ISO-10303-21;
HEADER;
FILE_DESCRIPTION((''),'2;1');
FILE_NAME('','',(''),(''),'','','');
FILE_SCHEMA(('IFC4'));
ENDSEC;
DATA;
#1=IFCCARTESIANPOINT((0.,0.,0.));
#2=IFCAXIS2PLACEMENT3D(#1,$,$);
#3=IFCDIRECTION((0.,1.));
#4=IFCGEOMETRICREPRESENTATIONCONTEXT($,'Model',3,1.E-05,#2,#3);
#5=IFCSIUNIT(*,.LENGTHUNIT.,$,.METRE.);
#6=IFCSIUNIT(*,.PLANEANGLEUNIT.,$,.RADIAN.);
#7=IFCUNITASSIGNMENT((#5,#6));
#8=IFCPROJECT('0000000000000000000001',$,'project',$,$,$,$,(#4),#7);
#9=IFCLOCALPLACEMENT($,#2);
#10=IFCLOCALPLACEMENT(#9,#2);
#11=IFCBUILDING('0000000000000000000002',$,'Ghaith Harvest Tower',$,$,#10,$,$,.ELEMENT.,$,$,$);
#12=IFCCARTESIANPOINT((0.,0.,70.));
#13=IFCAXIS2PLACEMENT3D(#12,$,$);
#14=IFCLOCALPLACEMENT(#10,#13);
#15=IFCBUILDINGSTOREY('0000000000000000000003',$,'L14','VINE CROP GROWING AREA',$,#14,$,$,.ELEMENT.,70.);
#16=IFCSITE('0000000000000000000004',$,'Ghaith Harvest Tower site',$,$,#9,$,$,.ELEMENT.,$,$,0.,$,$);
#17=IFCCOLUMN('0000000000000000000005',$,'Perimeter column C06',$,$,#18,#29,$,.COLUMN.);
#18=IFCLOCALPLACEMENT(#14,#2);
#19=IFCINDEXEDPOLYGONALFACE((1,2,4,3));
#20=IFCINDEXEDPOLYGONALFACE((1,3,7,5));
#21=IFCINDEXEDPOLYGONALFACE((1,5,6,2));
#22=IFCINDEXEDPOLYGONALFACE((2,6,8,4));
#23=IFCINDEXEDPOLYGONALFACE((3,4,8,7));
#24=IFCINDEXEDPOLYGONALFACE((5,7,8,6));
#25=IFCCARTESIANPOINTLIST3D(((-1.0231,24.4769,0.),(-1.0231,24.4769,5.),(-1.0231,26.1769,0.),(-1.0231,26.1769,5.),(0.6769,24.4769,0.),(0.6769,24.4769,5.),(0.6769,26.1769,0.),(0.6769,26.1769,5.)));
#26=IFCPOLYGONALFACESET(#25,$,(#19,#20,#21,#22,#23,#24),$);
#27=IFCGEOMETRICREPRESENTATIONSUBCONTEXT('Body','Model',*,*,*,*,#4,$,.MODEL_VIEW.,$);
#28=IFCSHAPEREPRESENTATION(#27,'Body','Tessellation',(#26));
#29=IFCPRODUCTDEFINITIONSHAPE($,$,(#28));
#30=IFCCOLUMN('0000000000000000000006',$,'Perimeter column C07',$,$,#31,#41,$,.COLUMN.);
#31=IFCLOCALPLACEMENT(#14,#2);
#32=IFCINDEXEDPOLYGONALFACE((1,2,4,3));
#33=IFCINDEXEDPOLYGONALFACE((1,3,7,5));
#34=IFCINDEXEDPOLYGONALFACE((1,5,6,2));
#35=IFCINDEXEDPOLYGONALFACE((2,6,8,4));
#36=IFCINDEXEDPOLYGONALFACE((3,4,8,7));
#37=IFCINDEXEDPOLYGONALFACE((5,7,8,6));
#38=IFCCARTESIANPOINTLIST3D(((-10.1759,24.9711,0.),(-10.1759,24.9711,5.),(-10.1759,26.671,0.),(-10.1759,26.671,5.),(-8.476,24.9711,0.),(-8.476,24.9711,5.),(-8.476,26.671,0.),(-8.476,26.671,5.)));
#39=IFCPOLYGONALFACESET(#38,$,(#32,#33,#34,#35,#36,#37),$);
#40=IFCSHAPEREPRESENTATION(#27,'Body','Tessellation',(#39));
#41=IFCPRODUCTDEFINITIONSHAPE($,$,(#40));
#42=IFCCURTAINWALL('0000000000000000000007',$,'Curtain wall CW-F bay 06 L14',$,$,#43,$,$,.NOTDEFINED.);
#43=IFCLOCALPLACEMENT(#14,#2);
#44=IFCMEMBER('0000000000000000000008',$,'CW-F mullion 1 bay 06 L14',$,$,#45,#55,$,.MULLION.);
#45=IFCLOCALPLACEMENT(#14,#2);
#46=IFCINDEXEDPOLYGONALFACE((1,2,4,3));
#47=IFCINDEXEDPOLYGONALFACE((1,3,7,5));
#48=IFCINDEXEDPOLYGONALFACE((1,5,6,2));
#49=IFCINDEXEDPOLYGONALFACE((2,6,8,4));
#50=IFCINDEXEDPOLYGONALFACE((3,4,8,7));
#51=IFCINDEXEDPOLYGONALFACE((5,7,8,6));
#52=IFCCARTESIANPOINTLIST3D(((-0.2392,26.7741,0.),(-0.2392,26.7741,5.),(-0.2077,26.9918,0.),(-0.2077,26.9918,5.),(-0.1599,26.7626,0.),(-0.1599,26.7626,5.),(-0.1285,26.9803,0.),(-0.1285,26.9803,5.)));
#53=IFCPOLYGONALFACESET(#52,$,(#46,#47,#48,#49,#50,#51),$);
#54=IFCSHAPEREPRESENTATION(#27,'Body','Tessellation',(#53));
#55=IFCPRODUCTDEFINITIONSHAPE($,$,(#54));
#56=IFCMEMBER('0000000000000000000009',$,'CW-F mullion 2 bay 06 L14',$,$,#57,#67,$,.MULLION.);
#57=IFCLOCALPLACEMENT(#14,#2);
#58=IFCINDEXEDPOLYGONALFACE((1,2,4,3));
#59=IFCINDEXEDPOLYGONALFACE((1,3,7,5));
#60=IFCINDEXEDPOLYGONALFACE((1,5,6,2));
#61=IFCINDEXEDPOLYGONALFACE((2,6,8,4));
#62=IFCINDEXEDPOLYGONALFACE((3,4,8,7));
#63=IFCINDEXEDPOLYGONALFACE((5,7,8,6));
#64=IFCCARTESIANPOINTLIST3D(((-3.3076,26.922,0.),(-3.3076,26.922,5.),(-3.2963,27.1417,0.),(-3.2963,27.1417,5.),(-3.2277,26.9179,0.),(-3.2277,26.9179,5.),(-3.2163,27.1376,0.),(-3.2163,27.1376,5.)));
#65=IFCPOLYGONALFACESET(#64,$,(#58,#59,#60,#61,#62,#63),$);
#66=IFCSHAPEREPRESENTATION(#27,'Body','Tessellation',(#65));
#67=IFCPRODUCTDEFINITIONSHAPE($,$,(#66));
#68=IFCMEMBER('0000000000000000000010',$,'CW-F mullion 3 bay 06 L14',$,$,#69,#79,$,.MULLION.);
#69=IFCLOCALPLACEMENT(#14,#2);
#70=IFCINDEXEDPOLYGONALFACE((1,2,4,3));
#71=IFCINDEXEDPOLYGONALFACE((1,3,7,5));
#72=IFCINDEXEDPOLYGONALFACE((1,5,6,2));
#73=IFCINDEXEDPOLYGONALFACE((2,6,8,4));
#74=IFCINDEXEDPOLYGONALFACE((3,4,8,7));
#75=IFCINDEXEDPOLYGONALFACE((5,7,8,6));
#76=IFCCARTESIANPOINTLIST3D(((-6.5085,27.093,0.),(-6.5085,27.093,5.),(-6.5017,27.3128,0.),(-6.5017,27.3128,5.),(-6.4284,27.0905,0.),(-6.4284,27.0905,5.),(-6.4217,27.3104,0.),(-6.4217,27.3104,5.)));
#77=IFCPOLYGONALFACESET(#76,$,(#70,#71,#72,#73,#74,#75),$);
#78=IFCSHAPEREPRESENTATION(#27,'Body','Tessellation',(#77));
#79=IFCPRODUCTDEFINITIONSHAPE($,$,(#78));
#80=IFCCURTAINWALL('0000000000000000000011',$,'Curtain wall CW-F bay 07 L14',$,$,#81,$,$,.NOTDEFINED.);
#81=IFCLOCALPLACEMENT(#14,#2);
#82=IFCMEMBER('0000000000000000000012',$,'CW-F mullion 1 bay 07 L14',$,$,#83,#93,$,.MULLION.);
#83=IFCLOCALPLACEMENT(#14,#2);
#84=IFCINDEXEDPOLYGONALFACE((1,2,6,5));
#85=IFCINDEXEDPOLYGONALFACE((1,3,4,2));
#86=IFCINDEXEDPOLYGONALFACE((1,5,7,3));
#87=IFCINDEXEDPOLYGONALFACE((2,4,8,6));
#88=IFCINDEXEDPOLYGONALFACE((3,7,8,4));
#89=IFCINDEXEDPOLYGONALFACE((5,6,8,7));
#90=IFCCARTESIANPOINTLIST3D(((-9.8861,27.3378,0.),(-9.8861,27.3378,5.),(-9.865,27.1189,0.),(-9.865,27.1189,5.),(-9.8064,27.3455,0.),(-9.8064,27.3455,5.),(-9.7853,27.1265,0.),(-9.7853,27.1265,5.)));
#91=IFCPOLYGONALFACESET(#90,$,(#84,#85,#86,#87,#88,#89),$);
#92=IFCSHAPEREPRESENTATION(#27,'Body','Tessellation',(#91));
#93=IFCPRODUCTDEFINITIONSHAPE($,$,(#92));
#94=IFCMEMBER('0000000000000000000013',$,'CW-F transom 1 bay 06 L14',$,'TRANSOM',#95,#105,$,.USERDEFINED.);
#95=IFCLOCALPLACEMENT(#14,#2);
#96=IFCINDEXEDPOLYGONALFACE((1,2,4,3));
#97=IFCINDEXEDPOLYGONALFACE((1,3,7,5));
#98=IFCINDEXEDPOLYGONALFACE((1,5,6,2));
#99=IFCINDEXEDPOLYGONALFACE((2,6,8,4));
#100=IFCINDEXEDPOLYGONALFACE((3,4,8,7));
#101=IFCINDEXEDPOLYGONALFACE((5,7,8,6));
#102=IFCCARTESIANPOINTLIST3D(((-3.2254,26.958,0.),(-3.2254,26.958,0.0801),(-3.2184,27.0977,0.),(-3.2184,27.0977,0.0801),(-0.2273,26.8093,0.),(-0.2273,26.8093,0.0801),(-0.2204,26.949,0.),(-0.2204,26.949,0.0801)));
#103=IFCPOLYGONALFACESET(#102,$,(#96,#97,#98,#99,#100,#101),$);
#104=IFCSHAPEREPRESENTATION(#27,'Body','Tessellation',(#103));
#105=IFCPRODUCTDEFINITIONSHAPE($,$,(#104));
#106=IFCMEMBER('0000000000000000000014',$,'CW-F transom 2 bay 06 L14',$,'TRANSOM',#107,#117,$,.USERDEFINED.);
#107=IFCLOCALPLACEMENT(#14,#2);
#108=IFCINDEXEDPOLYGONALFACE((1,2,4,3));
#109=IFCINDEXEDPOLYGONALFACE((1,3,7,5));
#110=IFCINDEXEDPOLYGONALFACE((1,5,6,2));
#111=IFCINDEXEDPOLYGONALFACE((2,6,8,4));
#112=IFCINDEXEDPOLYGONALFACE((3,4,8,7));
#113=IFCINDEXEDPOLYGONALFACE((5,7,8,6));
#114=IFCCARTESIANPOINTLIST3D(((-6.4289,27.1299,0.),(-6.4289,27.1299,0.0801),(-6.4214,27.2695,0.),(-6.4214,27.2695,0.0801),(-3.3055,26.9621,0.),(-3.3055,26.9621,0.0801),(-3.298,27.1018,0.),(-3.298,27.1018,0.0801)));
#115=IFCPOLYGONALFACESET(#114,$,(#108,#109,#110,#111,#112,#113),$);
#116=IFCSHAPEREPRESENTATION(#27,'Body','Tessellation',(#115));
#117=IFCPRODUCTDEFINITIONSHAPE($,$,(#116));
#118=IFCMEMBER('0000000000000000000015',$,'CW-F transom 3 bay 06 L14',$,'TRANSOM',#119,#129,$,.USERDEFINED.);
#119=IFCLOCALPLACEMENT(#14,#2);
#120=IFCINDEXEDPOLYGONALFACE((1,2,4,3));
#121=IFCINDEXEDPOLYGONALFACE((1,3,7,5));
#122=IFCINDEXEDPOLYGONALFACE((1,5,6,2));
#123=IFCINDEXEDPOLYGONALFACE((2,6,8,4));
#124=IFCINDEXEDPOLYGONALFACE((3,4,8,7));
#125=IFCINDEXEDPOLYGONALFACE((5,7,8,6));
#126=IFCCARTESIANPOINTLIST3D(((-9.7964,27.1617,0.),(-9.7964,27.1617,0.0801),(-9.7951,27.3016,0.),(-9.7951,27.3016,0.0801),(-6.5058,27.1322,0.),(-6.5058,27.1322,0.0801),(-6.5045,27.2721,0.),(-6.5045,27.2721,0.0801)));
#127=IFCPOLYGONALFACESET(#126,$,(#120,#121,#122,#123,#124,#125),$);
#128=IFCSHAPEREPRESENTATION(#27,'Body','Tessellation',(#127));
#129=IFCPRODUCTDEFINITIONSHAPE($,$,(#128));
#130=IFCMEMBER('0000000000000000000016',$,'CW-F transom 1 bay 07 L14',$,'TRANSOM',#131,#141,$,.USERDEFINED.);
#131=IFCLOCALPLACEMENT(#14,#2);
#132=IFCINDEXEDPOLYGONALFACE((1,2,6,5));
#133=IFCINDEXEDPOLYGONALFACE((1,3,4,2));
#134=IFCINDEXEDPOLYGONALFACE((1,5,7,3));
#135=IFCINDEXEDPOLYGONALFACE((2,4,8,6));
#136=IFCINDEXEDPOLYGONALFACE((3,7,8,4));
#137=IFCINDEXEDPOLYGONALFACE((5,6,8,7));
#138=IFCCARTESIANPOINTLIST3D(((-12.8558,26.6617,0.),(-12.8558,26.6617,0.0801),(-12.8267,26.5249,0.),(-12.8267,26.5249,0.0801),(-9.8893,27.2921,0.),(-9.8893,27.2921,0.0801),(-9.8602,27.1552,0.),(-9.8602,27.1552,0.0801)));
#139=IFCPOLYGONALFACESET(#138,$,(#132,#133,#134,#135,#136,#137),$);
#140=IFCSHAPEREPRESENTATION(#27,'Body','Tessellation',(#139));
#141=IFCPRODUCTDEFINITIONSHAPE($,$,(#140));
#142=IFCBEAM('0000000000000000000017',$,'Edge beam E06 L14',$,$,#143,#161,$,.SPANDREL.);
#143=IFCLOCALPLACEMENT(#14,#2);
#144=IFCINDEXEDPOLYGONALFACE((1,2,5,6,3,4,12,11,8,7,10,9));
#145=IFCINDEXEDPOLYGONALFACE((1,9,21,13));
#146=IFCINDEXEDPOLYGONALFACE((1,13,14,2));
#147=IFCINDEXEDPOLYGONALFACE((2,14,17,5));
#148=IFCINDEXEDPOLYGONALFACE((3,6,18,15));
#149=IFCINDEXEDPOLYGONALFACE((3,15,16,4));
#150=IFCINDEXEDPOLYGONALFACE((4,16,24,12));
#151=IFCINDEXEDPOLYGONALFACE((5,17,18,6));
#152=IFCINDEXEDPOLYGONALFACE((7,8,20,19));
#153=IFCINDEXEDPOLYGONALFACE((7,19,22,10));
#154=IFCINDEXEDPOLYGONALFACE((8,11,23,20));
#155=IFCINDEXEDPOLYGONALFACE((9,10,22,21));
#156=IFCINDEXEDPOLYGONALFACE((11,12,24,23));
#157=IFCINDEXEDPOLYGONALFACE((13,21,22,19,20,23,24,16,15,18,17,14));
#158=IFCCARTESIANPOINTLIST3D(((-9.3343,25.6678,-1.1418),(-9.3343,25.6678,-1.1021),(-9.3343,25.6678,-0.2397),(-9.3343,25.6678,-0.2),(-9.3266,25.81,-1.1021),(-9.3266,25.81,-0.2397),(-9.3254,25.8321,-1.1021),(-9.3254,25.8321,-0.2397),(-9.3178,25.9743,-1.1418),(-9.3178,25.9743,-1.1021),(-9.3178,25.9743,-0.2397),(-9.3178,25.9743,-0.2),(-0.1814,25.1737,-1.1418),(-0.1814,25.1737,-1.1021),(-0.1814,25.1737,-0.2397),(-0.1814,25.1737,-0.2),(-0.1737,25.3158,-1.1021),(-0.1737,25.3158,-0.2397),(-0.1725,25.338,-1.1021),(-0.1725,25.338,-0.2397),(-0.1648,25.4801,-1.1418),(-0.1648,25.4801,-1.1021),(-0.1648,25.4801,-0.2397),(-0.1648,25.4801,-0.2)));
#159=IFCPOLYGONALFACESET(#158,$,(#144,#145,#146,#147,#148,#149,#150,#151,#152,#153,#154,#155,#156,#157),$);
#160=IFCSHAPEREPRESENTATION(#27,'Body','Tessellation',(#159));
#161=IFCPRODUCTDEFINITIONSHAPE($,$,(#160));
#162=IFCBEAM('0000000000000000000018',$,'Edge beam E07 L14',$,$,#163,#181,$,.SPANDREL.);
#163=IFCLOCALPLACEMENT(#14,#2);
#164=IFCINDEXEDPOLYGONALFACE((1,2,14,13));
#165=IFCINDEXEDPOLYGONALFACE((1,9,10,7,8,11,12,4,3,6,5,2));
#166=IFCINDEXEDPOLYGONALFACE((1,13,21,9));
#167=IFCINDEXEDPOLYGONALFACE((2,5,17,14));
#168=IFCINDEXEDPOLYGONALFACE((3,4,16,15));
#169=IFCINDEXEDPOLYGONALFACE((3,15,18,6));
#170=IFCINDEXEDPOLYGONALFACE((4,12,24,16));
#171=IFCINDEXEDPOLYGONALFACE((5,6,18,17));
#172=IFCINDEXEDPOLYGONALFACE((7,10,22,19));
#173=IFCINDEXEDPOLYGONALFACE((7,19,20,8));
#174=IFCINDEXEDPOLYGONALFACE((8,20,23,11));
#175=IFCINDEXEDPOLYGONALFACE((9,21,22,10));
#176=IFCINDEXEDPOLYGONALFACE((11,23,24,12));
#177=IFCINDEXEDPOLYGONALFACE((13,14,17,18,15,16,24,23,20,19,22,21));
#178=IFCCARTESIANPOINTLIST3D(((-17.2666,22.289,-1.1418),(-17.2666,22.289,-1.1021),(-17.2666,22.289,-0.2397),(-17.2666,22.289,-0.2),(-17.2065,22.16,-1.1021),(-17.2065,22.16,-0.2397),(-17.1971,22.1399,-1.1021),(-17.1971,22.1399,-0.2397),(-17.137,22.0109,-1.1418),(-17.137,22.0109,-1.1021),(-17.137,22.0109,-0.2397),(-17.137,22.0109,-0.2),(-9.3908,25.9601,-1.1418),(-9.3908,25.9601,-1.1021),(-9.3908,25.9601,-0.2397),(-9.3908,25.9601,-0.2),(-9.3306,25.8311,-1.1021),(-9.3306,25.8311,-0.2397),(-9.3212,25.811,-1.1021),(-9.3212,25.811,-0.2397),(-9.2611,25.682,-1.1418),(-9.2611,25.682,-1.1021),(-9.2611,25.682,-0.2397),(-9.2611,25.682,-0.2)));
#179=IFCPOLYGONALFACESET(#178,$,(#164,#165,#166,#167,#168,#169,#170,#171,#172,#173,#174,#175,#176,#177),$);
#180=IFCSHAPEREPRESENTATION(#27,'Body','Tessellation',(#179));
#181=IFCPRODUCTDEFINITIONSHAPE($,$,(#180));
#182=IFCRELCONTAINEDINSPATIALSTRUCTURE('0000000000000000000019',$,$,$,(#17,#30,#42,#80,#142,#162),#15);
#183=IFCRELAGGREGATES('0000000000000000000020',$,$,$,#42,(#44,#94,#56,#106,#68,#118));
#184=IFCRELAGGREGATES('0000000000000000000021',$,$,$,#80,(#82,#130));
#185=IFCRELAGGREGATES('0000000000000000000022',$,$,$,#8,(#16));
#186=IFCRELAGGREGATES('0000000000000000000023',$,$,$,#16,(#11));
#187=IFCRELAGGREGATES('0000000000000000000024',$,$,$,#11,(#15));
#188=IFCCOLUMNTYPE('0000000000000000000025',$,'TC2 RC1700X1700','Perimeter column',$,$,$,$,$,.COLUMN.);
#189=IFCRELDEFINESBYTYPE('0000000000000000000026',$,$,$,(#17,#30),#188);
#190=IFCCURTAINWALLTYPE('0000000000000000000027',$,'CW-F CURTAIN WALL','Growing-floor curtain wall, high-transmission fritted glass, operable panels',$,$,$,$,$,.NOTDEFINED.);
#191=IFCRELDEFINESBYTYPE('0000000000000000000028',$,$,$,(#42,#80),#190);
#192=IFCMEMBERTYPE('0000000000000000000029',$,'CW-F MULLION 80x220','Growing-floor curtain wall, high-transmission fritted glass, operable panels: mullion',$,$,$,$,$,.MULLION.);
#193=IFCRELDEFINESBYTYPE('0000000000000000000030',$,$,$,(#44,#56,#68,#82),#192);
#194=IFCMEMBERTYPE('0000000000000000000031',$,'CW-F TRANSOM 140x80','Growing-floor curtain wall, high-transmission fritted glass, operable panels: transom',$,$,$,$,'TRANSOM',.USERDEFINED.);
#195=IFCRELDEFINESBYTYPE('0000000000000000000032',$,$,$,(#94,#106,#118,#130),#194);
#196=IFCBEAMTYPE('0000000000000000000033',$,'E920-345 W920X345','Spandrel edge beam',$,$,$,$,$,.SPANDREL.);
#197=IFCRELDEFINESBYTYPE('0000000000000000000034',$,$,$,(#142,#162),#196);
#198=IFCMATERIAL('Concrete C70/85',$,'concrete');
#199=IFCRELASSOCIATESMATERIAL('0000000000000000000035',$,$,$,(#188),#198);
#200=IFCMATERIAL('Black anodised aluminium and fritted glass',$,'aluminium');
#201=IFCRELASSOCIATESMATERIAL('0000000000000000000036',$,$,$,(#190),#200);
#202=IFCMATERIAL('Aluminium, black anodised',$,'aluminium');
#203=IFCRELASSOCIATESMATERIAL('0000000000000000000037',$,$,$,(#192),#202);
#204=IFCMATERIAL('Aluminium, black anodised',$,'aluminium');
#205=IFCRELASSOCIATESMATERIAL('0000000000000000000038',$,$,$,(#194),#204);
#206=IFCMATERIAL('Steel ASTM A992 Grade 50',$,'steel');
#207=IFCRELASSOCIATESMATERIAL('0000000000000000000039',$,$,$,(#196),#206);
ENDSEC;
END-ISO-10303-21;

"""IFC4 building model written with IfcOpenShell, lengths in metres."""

from ifc_helpers import new_model, si_unit, direction, frame, origin, origin_2d, place, context, subcontext, project, spatial, rectangle, i_section, extrude, material, material_profile, profile_set, type_object, element, aggregate, save


model = new_model("IFC4")

# Units and contexts
model_context = context("Model", 3, precision=1e-05, world=origin(), true_north=direction((0.0, 1.0)))
body_context = subcontext(model_context, "Body", "Model", "MODEL_VIEW")
ifc_project = project(units=[si_unit("LENGTHUNIT", "METRE"), si_unit("PLANEANGLEUNIT", "RADIAN")], contexts=[model_context])

# Site, building, storey
site_placement = place(None, origin())
site = spatial("IfcSite", under=ifc_project, at=site_placement, Name="Ghaith Harvest Tower site", CompositionType="ELEMENT", RefElevation=0.0)
building_placement = place(site_placement, origin())
building = spatial("IfcBuilding", under=site, at=building_placement, Name="Ghaith Harvest Tower", CompositionType="ELEMENT")
storey_placement = place(building_placement, frame((0.0, 0.0, 70.0)))
storey = spatial("IfcBuildingStorey", under=building, at=storey_placement, Name="L14", Description="VINE CROP GROWING AREA", CompositionType="ELEMENT", Elevation=70.0)

# Columns
ifc_material_1 = material(Name="Concrete C70/85", Category="concrete")
ifc_material_profile_1 = material_profile(ifc_material_1, rectangle(XDim=1.7, YDim=1.7, at=origin_2d()), Name="RC1700X1700")
ifc_profile_set_1 = profile_set([ifc_material_profile_1], Name="Concrete C70/85")
column_type = type_object("IfcColumnType", Name="TC2 RC1700X1700", Description="Perimeter column", PredefinedType="COLUMN", material=ifc_profile_set_1)
for number, where, z_axis, x_axis, name in (
    (1, (-0.1731, 25.3269, 0.0), (0.0, 0.0, 1.0), (1.0, 0.0, 0.0), "Perimeter column C06"),
    (2, (-9.3259, 25.821, 0.0), (0.0, 0.0, 1.0), (1.0, 0.0, 0.0), "Perimeter column C07"),
):
    element("IfcColumn", number, at=place(storey_placement, frame(where, z_axis=z_axis, x_axis=x_axis)), inside=storey, type_object=column_type, Name=name, PredefinedType="COLUMN", context=body_context, shape_type="SweptSolid", body=[
        extrude(rectangle(XDim=1.7, YDim=1.7, at=origin_2d()), origin(), (0.0, 0.0, 1.0), 5.0),
    ])

# Curtain wall, members
ifc_material_2 = material(Name="Black anodised aluminium and fritted glass", Category="aluminium")
curtain_wall_type = type_object("IfcCurtainWallType", Name="CW-F CURTAIN WALL", Description="Growing-floor curtain wall, high-transmission fritted glass, operable panels", PredefinedType="NOTDEFINED", material=ifc_material_2)
curtain_wall_1_placement = place(storey_placement, origin())
curtain_wall_1 = element("IfcCurtainWall", 3, at=curtain_wall_1_placement, inside=storey, type_object=curtain_wall_type, Name="Curtain wall CW-F bay 06 L14", PredefinedType="NOTDEFINED")
ifc_material_3 = material(Name="Aluminium, black anodised", Category="aluminium")
ifc_material_profile_2 = material_profile(ifc_material_3, rectangle(XDim=0.0801, YDim=0.22, at=origin_2d()), Name="CW-F MULLION 80x220")
ifc_profile_set_2 = profile_set([ifc_material_profile_2], Name="Aluminium, black anodised")
member_type_1 = type_object("IfcMemberType", Name="CW-F MULLION 80x220", Description="Growing-floor curtain wall, high-transmission fritted glass, operable panels: mullion", PredefinedType="MULLION", material=ifc_profile_set_2)
member_1_placement = place(storey_placement, frame((-0.1838, 26.8772, 0.0), z_axis=(0.0, 0.0, 1.0), x_axis=(-0.989712, 0.143075, 0.0)))
member_1 = element("IfcMember", 4, at=member_1_placement, type_object=member_type_1, Name="CW-F mullion 1 bay 06 L14", PredefinedType="MULLION", context=body_context, shape_type="SweptSolid", body=[
    extrude(rectangle(XDim=0.0801, YDim=0.22, at=origin_2d()), origin(), (0.0, 0.0, 1.0), 5.0),
])
member_2_placement = place(storey_placement, frame((-3.262, 27.0298, 0.0), z_axis=(0.0, 0.0, 1.0), x_axis=(-0.998667, 0.051618, 0.0)))
member_2 = element("IfcMember", 5, at=member_2_placement, type_object=member_type_1, Name="CW-F mullion 2 bay 06 L14", PredefinedType="MULLION", context=body_context, shape_type="SweptSolid", body=[
    extrude(rectangle(XDim=0.0801, YDim=0.22, at=origin_2d()), origin(), (0.0, 0.0, 1.0), 5.0),
])
member_3_placement = place(storey_placement, frame((-6.4651, 27.2017, 0.0), z_axis=(0.0, 0.0, 1.0), x_axis=(-0.999527, 0.03075, 0.0)))
member_3 = element("IfcMember", 6, at=member_3_placement, type_object=member_type_1, Name="CW-F mullion 3 bay 06 L14", PredefinedType="MULLION", context=body_context, shape_type="SweptSolid", body=[
    extrude(rectangle(XDim=0.0801, YDim=0.22, at=origin_2d()), origin(), (0.0, 0.0, 1.0), 5.0),
])

# Curtain wall, member
curtain_wall_2_placement = place(storey_placement, origin())
curtain_wall_2 = element("IfcCurtainWall", 7, at=curtain_wall_2_placement, inside=storey, type_object=curtain_wall_type, Name="Curtain wall CW-F bay 07 L14", PredefinedType="NOTDEFINED")
member_4_placement = place(storey_placement, frame((-9.8357, 27.2322, 0.0), z_axis=(0.0, 0.0, 1.0), x_axis=(-0.995408, -0.095718, 0.0)))
member_4 = element("IfcMember", 8, at=member_4_placement, type_object=member_type_1, Name="CW-F mullion 1 bay 07 L14", PredefinedType="MULLION", context=body_context, shape_type="SweptSolid", body=[
    extrude(rectangle(XDim=0.0801, YDim=0.22, at=origin_2d()), origin(), (0.0, 0.0, 1.0), 5.0),
])

# Members
ifc_material_4 = material(Name="Aluminium, black anodised", Category="aluminium")
ifc_material_profile_3 = material_profile(ifc_material_4, rectangle(XDim=0.1399, YDim=0.0801, at=origin_2d()), Name="CW-F TRANSOM 140x80")
ifc_profile_set_3 = profile_set([ifc_material_profile_3], Name="Aluminium, black anodised")
member_type_2 = type_object("IfcMemberType", Name="CW-F TRANSOM 140x80", Description="Growing-floor curtain wall, high-transmission fritted glass, operable panels: transom", ElementType="TRANSOM", PredefinedType="USERDEFINED", material=ifc_profile_set_3)
member_5_placement = place(storey_placement, frame((-0.2239, 26.8792, 0.04), z_axis=(-0.998773, 0.049532, 0.0), x_axis=(-0.049532, -0.998773, 0.0)))
member_5 = element("IfcMember", 9, at=member_5_placement, type_object=member_type_2, Name="CW-F transom 1 bay 06 L14", ObjectType="TRANSOM", PredefinedType="USERDEFINED", context=body_context, shape_type="SweptSolid", body=[
    extrude(rectangle(XDim=0.1399, YDim=0.0801, at=origin_2d()), origin(), (0.0, 0.0, 1.0), 3.0017),
])
member_6_placement = place(storey_placement, frame((-3.3018, 27.032, 0.04), z_axis=(-0.998561, 0.05362, 0.0), x_axis=(-0.05362, -0.998561, 0.0)))
member_6 = element("IfcMember", 10, at=member_6_placement, type_object=member_type_2, Name="CW-F transom 2 bay 06 L14", ObjectType="TRANSOM", PredefinedType="USERDEFINED", context=body_context, shape_type="SweptSolid", body=[
    extrude(rectangle(XDim=0.1399, YDim=0.0801, at=origin_2d()), origin(), (0.0, 0.0, 1.0), 3.1279),
])
member_7_placement = place(storey_placement, frame((-6.5051, 27.2021, 0.04), z_axis=(-0.99996, 0.008977, 0.0), x_axis=(-0.008977, -0.99996, 0.0)))
member_7 = element("IfcMember", 11, at=member_7_placement, type_object=member_type_2, Name="CW-F transom 3 bay 06 L14", ObjectType="TRANSOM", PredefinedType="USERDEFINED", context=body_context, shape_type="SweptSolid", body=[
    extrude(rectangle(XDim=0.1399, YDim=0.0801, at=origin_2d()), origin(), (0.0, 0.0, 1.0), 3.2908),
])
member_8_placement = place(storey_placement, frame((-9.8748, 27.2236, 0.04), z_axis=(-0.97816, -0.207852, 0.0), x_axis=(0.207852, -0.97816, 0.0)))
member_8 = element("IfcMember", 12, at=member_8_placement, type_object=member_type_2, Name="CW-F transom 1 bay 07 L14", ObjectType="TRANSOM", PredefinedType="USERDEFINED", context=body_context, shape_type="SweptSolid", body=[
    extrude(rectangle(XDim=0.1399, YDim=0.0801, at=origin_2d()), origin(), (0.0, 0.0, 1.0), 3.0327),
])

# Beams
ifc_material_5 = material(Name="Steel ASTM A992 Grade 50", Category="steel")
ifc_material_profile_4 = material_profile(ifc_material_5, i_section(OverallWidth=0.3069, OverallDepth=0.9419, WebThickness=0.0222, FlangeThickness=0.0398, at=origin_2d()), Name="W920X345")
ifc_profile_set_4 = profile_set([ifc_material_profile_4], Name="Steel ASTM A992 Grade 50")
beam_type_1 = type_object("IfcBeamType", Name="E920-345 W920X345", Description="Spandrel edge beam", PredefinedType="SPANDREL", material=ifc_profile_set_4)
beam_1_placement = place(storey_placement, frame((-0.1731, 25.3269, -0.6709), z_axis=(-0.998546, 0.053909, 0.0), x_axis=(-0.053909, -0.998546, 0.0)))
element("IfcBeam", 13, at=beam_1_placement, inside=storey, type_object=beam_type_1, Name="Edge beam E06 L14", PredefinedType="SPANDREL", context=body_context, shape_type="SweptSolid", body=[
    extrude(i_section(OverallWidth=0.3069, OverallDepth=0.9419, WebThickness=0.0222, FlangeThickness=0.0398, at=origin_2d()), origin(), (0.0, 0.0, 1.0), 9.1663),
])
beam_2_placement = place(storey_placement, frame((-9.3259, 25.821, -0.6709), z_axis=(-0.906373, -0.422478, 0.0), x_axis=(0.422478, -0.906373, 0.0)))
element("IfcBeam", 14, at=beam_2_placement, inside=storey, type_object=beam_type_1, Name="Edge beam E07 L14", PredefinedType="SPANDREL", context=body_context, shape_type="SweptSolid", body=[
    extrude(i_section(OverallWidth=0.3069, OverallDepth=0.9419, WebThickness=0.0222, FlangeThickness=0.0398, at=origin_2d()), origin(), (0.0, 0.0, 1.0), 8.6895),
])

aggregate(curtain_wall_1, [member_1, member_5, member_2, member_6, member_3, member_7])
aggregate(curtain_wall_2, [member_4, member_8])

save(model, "model.ifc")
